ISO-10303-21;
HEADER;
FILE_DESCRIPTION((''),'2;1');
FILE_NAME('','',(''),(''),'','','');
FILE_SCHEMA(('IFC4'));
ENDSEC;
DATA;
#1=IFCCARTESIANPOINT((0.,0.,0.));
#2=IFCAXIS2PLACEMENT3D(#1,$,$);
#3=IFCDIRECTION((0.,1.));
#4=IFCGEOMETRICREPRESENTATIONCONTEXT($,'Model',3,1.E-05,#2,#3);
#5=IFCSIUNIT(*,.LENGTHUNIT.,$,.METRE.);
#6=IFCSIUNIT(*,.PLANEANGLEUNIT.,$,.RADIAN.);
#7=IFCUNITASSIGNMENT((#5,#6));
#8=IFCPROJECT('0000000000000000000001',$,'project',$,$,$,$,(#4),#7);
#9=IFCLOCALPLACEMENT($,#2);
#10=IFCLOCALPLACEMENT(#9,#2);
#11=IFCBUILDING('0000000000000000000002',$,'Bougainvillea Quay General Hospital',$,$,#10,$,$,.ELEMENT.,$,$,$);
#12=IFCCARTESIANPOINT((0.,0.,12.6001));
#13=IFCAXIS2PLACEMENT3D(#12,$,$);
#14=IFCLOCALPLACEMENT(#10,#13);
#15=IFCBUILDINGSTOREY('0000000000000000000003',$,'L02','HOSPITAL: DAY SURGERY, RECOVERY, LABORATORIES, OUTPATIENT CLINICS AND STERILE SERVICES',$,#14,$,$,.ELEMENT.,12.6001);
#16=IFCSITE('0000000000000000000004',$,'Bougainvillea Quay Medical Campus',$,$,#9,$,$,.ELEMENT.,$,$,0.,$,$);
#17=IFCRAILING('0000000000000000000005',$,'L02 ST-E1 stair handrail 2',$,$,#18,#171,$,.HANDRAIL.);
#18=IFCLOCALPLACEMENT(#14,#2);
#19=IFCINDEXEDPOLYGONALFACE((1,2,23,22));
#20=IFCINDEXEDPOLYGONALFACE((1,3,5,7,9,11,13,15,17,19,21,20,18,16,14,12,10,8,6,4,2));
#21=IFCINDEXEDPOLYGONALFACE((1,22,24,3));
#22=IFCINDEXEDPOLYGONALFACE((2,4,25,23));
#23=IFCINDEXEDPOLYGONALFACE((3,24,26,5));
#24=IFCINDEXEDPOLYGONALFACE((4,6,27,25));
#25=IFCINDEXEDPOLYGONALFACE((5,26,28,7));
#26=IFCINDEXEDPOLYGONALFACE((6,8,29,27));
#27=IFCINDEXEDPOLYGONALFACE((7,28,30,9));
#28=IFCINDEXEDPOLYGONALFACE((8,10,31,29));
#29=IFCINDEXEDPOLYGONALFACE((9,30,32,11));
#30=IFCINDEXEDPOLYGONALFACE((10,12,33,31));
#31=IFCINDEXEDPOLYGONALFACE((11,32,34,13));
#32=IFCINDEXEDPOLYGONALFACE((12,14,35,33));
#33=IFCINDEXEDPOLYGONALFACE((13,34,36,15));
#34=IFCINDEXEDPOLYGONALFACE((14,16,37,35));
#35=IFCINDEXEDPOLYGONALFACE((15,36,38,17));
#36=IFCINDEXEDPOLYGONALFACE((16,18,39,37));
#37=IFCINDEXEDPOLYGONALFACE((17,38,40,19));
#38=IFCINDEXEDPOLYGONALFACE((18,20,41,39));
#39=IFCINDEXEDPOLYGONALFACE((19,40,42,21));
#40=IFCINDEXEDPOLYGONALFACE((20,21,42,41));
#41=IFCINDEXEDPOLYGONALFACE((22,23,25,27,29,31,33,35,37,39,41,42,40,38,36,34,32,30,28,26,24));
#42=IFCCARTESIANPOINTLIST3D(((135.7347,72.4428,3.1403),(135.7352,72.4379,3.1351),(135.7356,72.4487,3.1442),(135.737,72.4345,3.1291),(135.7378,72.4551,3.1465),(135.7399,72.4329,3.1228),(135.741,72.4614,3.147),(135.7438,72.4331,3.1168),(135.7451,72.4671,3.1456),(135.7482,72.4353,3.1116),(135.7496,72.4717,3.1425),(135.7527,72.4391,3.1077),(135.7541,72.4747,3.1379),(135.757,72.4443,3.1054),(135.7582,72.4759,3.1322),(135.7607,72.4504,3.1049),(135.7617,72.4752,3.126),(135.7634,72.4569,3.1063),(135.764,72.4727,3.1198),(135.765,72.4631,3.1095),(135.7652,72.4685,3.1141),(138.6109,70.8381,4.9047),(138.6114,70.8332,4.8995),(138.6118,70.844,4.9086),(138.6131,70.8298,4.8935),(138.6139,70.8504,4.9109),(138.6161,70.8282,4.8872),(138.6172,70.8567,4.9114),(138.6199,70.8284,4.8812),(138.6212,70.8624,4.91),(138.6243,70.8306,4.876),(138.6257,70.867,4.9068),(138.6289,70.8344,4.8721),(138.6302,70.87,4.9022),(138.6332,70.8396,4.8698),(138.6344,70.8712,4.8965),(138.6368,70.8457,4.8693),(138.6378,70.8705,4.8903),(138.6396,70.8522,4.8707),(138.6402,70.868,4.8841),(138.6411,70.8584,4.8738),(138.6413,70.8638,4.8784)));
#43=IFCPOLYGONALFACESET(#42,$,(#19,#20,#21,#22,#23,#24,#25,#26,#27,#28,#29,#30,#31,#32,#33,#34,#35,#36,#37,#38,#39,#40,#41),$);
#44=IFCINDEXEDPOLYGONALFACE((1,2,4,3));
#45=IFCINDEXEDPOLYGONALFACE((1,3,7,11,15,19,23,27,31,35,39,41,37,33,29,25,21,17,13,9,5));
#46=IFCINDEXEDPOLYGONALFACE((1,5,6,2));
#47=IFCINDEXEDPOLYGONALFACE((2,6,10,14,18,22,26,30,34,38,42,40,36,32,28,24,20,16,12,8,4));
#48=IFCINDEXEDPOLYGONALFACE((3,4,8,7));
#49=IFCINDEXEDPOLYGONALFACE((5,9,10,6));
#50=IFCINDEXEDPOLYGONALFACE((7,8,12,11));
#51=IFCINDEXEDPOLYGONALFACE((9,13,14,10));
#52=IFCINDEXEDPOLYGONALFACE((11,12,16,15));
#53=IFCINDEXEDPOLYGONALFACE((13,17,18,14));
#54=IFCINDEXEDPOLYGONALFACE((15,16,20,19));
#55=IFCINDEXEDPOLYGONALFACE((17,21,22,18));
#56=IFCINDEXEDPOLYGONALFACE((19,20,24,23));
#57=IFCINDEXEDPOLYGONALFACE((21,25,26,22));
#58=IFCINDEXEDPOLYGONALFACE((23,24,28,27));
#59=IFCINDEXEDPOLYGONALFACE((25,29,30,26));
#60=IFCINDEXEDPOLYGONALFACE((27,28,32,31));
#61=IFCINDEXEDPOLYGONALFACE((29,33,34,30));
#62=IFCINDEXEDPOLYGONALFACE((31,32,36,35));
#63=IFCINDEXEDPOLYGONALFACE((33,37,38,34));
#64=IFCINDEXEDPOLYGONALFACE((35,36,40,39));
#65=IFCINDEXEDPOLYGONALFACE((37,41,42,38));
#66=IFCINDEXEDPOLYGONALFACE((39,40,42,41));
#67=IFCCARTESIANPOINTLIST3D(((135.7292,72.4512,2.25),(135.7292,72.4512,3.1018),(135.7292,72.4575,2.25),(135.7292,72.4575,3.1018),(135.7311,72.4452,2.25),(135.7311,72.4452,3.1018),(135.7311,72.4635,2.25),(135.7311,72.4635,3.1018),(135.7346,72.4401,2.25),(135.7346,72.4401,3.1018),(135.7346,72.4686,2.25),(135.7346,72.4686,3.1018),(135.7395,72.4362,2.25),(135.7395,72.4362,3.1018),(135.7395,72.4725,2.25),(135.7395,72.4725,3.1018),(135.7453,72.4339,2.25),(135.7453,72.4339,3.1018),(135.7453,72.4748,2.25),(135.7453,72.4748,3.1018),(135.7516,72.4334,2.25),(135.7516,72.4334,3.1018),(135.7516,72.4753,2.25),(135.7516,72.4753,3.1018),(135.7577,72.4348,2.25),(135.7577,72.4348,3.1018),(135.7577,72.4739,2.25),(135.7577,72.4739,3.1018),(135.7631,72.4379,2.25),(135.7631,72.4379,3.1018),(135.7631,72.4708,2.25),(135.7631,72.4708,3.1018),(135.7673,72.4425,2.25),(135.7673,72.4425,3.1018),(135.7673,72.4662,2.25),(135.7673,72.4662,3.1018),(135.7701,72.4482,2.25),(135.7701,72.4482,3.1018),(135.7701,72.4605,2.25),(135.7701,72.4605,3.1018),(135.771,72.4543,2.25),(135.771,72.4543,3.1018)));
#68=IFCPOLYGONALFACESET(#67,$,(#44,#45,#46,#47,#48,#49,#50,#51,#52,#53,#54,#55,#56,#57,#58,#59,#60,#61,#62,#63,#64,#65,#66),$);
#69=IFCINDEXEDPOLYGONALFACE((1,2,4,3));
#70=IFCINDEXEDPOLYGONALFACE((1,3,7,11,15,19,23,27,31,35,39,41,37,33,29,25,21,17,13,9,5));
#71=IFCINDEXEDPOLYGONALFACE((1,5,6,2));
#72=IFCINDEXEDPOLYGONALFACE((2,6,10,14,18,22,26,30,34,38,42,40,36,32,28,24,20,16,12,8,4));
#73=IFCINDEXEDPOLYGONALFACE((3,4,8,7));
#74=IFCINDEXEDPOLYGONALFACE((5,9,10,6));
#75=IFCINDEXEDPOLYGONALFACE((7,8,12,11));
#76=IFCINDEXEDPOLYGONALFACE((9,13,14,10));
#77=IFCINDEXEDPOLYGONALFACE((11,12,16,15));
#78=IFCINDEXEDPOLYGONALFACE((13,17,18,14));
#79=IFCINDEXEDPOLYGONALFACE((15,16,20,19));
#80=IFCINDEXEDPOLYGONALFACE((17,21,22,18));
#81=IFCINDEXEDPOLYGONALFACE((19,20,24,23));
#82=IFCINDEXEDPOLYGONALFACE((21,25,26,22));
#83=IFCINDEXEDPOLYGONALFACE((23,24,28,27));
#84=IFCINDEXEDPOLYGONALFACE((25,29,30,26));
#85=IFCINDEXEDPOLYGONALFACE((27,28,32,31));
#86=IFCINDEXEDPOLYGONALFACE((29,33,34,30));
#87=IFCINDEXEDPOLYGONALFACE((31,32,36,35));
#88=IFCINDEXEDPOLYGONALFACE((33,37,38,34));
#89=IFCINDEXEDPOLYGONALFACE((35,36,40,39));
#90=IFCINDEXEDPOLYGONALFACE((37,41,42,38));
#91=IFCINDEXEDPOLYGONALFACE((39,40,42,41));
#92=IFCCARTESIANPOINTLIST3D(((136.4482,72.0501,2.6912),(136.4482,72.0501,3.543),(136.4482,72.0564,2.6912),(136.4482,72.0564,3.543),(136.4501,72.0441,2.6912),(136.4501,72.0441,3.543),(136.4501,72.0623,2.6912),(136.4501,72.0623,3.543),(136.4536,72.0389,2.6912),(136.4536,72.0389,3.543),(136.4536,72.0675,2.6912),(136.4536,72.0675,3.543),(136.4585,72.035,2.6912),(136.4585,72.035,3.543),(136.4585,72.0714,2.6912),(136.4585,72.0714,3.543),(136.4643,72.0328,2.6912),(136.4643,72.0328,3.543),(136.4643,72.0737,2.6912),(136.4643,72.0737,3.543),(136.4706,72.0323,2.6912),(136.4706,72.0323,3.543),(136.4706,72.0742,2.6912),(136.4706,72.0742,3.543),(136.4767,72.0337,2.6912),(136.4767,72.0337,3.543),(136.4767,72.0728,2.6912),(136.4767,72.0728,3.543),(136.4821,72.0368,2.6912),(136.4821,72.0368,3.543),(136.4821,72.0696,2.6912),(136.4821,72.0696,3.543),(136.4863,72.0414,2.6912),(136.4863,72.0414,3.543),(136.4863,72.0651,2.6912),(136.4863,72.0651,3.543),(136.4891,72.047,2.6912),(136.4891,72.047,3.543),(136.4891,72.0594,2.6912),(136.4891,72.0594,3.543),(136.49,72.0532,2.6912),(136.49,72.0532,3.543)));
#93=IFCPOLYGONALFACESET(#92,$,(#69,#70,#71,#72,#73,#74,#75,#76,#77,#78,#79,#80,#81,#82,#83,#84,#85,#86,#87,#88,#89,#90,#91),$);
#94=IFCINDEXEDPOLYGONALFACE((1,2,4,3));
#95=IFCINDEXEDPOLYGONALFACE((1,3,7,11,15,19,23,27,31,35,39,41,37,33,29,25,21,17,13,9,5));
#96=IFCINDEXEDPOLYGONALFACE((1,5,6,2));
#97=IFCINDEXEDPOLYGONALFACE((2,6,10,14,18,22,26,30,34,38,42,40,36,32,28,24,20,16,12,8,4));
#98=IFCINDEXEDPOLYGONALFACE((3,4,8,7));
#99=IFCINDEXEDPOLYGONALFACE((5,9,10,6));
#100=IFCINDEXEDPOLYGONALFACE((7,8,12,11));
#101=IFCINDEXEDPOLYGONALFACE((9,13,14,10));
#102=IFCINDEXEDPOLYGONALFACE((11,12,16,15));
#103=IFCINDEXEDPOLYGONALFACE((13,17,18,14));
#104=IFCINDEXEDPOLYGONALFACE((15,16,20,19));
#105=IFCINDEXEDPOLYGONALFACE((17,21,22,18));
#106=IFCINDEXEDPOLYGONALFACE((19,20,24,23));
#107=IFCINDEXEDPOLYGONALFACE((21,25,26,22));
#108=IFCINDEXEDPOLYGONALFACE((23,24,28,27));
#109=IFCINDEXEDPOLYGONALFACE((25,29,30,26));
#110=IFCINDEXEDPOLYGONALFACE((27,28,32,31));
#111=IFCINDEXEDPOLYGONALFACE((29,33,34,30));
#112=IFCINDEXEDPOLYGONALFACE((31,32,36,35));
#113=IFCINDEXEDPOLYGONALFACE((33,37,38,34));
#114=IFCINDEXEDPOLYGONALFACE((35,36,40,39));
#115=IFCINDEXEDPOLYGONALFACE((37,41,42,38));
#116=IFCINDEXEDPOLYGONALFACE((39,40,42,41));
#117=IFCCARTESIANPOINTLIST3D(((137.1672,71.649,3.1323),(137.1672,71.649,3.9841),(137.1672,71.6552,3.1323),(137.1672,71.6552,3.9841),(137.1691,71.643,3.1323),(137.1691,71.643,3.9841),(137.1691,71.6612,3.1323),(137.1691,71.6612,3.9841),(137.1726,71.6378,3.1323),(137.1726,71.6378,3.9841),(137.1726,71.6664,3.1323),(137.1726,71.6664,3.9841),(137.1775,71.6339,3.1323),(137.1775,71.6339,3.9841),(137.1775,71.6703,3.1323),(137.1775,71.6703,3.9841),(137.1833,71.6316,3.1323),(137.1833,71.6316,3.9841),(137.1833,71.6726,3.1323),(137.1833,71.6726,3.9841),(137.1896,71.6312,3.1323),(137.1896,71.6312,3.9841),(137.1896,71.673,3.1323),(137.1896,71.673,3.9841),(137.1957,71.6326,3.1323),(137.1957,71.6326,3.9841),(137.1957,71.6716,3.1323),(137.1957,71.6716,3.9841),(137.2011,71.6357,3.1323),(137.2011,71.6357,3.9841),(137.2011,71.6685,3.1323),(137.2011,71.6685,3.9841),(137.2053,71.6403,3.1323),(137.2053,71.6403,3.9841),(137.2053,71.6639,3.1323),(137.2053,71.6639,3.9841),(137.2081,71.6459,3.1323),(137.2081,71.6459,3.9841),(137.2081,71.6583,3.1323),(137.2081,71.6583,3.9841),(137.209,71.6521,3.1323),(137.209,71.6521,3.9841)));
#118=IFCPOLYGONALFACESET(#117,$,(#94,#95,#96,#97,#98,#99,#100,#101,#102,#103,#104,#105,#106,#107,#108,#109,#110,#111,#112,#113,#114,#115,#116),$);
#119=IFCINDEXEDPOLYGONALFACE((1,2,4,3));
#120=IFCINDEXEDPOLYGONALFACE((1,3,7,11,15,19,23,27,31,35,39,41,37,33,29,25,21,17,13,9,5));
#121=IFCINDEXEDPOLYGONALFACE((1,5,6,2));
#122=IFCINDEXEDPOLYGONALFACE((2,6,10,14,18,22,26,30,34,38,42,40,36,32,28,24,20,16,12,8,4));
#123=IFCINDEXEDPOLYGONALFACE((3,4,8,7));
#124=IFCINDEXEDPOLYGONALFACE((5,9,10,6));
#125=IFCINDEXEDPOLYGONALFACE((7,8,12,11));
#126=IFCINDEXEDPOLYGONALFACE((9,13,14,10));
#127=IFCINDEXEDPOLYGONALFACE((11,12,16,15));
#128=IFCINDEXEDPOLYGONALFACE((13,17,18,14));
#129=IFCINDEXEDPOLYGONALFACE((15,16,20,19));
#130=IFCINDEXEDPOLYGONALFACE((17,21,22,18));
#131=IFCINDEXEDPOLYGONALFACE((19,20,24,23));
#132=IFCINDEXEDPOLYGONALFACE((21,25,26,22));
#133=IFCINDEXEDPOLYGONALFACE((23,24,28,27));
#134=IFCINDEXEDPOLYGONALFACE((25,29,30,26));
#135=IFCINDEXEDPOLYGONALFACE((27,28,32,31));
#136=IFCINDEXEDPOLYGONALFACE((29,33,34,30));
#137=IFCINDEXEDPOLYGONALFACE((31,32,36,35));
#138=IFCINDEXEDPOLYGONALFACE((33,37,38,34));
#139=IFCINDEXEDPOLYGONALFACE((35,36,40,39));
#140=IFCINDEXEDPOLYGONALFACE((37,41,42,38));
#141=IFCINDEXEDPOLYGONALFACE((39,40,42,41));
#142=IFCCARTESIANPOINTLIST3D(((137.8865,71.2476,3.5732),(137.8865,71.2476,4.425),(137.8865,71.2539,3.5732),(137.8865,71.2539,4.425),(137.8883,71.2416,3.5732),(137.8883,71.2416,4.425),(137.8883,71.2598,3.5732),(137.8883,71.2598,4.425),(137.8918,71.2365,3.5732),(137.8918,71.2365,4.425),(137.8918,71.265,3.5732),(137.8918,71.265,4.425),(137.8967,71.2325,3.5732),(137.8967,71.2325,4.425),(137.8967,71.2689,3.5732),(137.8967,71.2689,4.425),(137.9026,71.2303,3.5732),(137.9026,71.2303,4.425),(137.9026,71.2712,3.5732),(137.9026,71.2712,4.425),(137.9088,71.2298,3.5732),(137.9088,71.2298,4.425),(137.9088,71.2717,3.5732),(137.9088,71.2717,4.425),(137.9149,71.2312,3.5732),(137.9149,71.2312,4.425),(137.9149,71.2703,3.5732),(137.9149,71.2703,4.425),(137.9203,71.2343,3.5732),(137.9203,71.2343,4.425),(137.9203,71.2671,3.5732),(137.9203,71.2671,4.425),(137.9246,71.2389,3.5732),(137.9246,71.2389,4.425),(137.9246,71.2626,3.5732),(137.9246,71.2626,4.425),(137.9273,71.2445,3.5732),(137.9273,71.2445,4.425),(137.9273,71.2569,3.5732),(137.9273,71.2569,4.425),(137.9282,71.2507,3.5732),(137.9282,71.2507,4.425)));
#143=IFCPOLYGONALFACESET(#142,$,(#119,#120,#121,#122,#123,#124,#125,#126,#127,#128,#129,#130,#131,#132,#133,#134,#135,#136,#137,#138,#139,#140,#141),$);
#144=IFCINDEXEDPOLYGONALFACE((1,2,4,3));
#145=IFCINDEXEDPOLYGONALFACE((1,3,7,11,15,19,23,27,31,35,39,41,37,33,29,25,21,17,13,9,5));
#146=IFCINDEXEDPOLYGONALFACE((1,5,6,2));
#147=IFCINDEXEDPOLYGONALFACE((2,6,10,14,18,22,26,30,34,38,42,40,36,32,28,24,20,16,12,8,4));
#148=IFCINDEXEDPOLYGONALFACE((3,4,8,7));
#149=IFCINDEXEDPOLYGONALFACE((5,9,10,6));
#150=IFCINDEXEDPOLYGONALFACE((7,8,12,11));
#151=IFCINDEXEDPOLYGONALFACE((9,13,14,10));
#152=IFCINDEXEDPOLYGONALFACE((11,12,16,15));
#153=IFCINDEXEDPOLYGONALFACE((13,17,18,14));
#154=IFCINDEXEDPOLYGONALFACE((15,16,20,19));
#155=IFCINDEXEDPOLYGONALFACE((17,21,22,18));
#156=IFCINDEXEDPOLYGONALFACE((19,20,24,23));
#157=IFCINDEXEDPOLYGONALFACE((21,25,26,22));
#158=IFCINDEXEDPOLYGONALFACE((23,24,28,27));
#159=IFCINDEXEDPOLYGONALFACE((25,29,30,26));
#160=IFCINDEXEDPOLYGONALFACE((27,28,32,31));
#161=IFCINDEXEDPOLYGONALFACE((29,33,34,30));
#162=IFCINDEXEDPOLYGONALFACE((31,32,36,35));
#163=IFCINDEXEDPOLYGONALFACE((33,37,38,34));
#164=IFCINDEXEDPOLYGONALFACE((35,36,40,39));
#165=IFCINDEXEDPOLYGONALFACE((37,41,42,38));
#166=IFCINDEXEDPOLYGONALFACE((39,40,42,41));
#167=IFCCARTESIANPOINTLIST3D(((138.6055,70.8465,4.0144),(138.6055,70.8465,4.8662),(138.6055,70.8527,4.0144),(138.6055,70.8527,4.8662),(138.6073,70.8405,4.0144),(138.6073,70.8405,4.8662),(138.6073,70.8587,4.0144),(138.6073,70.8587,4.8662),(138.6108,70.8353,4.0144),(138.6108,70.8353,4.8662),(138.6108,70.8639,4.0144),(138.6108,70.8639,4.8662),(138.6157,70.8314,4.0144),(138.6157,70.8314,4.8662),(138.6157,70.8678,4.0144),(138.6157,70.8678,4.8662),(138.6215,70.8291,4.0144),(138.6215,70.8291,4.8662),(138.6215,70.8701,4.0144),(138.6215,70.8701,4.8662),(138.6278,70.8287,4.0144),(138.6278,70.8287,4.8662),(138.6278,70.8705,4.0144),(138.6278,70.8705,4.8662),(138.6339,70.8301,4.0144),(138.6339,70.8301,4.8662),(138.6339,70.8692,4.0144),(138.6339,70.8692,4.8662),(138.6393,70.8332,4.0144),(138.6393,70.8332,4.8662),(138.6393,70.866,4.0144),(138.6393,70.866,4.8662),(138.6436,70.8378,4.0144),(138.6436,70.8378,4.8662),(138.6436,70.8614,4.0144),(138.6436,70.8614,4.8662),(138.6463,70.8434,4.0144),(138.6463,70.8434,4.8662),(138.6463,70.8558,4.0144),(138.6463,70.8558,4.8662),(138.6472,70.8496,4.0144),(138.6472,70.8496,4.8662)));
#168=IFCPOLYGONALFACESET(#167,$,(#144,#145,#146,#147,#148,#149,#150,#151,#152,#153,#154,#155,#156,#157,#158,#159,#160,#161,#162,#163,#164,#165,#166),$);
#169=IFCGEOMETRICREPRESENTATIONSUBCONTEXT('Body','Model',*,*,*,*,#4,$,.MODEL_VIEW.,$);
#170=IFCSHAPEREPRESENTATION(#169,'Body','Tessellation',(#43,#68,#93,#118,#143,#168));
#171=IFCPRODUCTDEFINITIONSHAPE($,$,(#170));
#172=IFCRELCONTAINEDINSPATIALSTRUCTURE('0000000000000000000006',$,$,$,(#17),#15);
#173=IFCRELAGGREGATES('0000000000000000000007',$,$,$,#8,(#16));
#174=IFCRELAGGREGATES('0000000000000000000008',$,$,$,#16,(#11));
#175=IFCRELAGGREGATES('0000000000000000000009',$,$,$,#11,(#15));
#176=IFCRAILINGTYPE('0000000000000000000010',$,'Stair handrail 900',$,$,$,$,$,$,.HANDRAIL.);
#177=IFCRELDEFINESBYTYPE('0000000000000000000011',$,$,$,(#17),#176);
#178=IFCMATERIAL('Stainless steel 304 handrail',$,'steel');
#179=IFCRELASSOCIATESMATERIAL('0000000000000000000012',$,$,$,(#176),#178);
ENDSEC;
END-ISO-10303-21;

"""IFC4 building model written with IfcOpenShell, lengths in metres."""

from ifc_helpers import new_model, si_unit, direction, frame, origin, origin_2d, place, context, subcontext, project, spatial, circle, extrude, material, type_object, element, save


model = new_model("IFC4")

# Units and contexts
model_context = context("Model", 3, precision=1e-05, world=origin(), true_north=direction((0.0, 1.0)))
body_context = subcontext(model_context, "Body", "Model", "MODEL_VIEW")
ifc_project = project(units=[si_unit("LENGTHUNIT", "METRE"), si_unit("PLANEANGLEUNIT", "RADIAN")], contexts=[model_context])

# Site, building, storey
site_placement = place(None, origin())
site = spatial("IfcSite", under=ifc_project, at=site_placement, Name="Bougainvillea Quay Medical Campus", CompositionType="ELEMENT", RefElevation=0.0)
building_placement = place(site_placement, origin())
building = spatial("IfcBuilding", under=site, at=building_placement, Name="Bougainvillea Quay General Hospital", CompositionType="ELEMENT")
storey_placement = place(building_placement, frame((0.0, 0.0, 12.6001)))
storey = spatial("IfcBuildingStorey", under=building, at=storey_placement, Name="L02", Description="HOSPITAL: DAY SURGERY, RECOVERY, LABORATORIES, OUTPATIENT CLINICS AND STERILE SERVICES", CompositionType="ELEMENT", Elevation=12.6001)

# Railing
ifc_material_1 = material(Name="Stainless steel 304 handrail", Category="steel")
railing_type_1 = type_object("IfcRailingType", Name="Stair handrail 900", PredefinedType="HANDRAIL", material=ifc_material_1)
railing_1_placement = place(storey_placement, frame((135.75, 72.4543, 2.25)))
element("IfcRailing", 1, at=railing_1_placement, inside=storey, type_object=railing_type_1, Name="L02 ST-E1 stair handrail 2", PredefinedType="HANDRAIL", context=body_context, shape_type="SweptSolid", body=[
    extrude(circle(Radius=0.0239, at=origin_2d()), frame((0.0, 0.0, 0.876), z_axis=(0.769777, -0.429483, 0.472216), x_axis=(0.487228, 0.873275, 0.0)), (0.0, 0.0, 1.0), 3.7363),
    extrude(circle(Radius=0.021, at=origin_2d()), origin(), (0.0, 0.0, 1.0), 0.8518),
    extrude(circle(Radius=0.021, at=origin_2d()), frame((0.719, -0.4011, 0.4412)), (0.0, 0.0, 1.0), 0.8518),
    extrude(circle(Radius=0.021, at=origin_2d()), frame((1.438, -0.8022, 0.8823)), (0.0, 0.0, 1.0), 0.8518),
    extrude(circle(Radius=0.021, at=origin_2d()), frame((2.1572, -1.2036, 1.3232)), (0.0, 0.0, 1.0), 0.8518),
    extrude(circle(Radius=0.021, at=origin_2d()), frame((2.8762, -1.6047, 1.7644)), (0.0, 0.0, 1.0), 0.8518),
])

save(model, "model.ifc")
